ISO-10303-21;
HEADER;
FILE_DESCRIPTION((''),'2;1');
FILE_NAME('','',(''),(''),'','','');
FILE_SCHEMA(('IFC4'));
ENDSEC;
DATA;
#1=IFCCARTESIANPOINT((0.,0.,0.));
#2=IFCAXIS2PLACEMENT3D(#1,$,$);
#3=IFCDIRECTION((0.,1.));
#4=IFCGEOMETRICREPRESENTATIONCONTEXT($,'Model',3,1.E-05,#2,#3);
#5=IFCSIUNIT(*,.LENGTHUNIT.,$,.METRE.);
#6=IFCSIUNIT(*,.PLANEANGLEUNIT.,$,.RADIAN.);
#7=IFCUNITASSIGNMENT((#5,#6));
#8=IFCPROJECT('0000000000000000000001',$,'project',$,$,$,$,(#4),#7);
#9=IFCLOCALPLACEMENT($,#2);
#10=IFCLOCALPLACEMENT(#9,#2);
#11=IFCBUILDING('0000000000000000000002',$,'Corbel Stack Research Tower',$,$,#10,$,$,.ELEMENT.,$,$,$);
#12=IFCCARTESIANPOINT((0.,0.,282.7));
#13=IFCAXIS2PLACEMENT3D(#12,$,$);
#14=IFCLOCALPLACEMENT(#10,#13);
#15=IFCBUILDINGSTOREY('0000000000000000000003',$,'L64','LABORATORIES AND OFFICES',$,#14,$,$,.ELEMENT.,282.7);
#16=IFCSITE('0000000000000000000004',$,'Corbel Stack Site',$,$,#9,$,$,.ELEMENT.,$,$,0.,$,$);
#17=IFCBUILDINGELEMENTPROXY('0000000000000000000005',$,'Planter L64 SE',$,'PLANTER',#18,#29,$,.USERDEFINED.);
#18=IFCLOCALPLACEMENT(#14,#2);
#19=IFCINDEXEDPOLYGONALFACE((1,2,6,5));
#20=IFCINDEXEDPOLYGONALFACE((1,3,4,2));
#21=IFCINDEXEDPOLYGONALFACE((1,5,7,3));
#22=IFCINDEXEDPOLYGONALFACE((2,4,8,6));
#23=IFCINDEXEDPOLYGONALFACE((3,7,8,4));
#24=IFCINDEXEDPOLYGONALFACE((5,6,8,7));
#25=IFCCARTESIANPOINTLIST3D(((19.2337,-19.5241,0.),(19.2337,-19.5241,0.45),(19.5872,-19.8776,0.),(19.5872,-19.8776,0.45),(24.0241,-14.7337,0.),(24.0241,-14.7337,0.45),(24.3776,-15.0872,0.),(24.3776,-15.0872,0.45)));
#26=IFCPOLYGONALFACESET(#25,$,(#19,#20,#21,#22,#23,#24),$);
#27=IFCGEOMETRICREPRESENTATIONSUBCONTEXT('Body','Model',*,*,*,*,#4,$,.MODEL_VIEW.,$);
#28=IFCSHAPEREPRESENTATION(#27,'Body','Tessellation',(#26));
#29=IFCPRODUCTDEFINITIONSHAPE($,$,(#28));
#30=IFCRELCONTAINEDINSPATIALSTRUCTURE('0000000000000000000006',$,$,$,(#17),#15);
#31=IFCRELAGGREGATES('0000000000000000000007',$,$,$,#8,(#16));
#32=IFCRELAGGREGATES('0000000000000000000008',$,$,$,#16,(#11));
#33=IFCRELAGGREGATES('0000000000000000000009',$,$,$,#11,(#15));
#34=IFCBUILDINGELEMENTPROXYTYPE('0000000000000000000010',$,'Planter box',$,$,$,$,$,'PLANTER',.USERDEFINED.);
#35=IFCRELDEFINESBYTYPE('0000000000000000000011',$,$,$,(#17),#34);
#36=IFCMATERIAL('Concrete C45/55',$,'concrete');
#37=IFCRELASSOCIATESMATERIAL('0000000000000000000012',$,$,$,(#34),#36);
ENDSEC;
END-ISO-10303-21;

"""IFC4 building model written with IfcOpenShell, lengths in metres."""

from ifc_helpers import new_model, si_unit, direction, frame, origin, origin_2d, place, context, subcontext, project, spatial, rectangle, extrude, material, type_object, element, save


model = new_model("IFC4")

# Units and contexts
model_context = context("Model", 3, precision=1e-05, world=origin(), true_north=direction((0.0, 1.0)))
body_context = subcontext(model_context, "Body", "Model", "MODEL_VIEW")
ifc_project = project(units=[si_unit("LENGTHUNIT", "METRE"), si_unit("PLANEANGLEUNIT", "RADIAN")], contexts=[model_context])

# Site, building, storey
site_placement = place(None, origin())
site = spatial("IfcSite", under=ifc_project, at=site_placement, Name="Corbel Stack Site", CompositionType="ELEMENT", RefElevation=0.0)
building_placement = place(site_placement, origin())
building = spatial("IfcBuilding", under=site, at=building_placement, Name="Corbel Stack Research Tower", CompositionType="ELEMENT")
storey_placement = place(building_placement, frame((0.0, 0.0, 282.7)))
storey = spatial("IfcBuildingStorey", under=building, at=storey_placement, Name="L64", Description="LABORATORIES AND OFFICES", CompositionType="ELEMENT", Elevation=282.7)

# Building element proxy
ifc_material_1 = material(Name="Concrete C45/55", Category="concrete")
building_element_proxy_type = type_object("IfcBuildingElementProxyType", Name="Planter box", ElementType="PLANTER", PredefinedType="USERDEFINED", material=ifc_material_1)
proxy_placement = place(storey_placement, frame((21.8057, -17.3057, 0.0), z_axis=(0.0, 0.0, 1.0), x_axis=(0.707107, 0.707107, 0.0)))
element("IfcBuildingElementProxy", 1, at=proxy_placement, inside=storey, type_object=building_element_proxy_type, Name="Planter L64 SE", ObjectType="PLANTER", PredefinedType="USERDEFINED", context=body_context, shape_type="SweptSolid", body=[
    extrude(rectangle(XDim=6.7747, YDim=0.5, at=origin_2d()), origin(), (0.0, 0.0, 1.0), 0.45),
])

save(model, "model.ifc")
